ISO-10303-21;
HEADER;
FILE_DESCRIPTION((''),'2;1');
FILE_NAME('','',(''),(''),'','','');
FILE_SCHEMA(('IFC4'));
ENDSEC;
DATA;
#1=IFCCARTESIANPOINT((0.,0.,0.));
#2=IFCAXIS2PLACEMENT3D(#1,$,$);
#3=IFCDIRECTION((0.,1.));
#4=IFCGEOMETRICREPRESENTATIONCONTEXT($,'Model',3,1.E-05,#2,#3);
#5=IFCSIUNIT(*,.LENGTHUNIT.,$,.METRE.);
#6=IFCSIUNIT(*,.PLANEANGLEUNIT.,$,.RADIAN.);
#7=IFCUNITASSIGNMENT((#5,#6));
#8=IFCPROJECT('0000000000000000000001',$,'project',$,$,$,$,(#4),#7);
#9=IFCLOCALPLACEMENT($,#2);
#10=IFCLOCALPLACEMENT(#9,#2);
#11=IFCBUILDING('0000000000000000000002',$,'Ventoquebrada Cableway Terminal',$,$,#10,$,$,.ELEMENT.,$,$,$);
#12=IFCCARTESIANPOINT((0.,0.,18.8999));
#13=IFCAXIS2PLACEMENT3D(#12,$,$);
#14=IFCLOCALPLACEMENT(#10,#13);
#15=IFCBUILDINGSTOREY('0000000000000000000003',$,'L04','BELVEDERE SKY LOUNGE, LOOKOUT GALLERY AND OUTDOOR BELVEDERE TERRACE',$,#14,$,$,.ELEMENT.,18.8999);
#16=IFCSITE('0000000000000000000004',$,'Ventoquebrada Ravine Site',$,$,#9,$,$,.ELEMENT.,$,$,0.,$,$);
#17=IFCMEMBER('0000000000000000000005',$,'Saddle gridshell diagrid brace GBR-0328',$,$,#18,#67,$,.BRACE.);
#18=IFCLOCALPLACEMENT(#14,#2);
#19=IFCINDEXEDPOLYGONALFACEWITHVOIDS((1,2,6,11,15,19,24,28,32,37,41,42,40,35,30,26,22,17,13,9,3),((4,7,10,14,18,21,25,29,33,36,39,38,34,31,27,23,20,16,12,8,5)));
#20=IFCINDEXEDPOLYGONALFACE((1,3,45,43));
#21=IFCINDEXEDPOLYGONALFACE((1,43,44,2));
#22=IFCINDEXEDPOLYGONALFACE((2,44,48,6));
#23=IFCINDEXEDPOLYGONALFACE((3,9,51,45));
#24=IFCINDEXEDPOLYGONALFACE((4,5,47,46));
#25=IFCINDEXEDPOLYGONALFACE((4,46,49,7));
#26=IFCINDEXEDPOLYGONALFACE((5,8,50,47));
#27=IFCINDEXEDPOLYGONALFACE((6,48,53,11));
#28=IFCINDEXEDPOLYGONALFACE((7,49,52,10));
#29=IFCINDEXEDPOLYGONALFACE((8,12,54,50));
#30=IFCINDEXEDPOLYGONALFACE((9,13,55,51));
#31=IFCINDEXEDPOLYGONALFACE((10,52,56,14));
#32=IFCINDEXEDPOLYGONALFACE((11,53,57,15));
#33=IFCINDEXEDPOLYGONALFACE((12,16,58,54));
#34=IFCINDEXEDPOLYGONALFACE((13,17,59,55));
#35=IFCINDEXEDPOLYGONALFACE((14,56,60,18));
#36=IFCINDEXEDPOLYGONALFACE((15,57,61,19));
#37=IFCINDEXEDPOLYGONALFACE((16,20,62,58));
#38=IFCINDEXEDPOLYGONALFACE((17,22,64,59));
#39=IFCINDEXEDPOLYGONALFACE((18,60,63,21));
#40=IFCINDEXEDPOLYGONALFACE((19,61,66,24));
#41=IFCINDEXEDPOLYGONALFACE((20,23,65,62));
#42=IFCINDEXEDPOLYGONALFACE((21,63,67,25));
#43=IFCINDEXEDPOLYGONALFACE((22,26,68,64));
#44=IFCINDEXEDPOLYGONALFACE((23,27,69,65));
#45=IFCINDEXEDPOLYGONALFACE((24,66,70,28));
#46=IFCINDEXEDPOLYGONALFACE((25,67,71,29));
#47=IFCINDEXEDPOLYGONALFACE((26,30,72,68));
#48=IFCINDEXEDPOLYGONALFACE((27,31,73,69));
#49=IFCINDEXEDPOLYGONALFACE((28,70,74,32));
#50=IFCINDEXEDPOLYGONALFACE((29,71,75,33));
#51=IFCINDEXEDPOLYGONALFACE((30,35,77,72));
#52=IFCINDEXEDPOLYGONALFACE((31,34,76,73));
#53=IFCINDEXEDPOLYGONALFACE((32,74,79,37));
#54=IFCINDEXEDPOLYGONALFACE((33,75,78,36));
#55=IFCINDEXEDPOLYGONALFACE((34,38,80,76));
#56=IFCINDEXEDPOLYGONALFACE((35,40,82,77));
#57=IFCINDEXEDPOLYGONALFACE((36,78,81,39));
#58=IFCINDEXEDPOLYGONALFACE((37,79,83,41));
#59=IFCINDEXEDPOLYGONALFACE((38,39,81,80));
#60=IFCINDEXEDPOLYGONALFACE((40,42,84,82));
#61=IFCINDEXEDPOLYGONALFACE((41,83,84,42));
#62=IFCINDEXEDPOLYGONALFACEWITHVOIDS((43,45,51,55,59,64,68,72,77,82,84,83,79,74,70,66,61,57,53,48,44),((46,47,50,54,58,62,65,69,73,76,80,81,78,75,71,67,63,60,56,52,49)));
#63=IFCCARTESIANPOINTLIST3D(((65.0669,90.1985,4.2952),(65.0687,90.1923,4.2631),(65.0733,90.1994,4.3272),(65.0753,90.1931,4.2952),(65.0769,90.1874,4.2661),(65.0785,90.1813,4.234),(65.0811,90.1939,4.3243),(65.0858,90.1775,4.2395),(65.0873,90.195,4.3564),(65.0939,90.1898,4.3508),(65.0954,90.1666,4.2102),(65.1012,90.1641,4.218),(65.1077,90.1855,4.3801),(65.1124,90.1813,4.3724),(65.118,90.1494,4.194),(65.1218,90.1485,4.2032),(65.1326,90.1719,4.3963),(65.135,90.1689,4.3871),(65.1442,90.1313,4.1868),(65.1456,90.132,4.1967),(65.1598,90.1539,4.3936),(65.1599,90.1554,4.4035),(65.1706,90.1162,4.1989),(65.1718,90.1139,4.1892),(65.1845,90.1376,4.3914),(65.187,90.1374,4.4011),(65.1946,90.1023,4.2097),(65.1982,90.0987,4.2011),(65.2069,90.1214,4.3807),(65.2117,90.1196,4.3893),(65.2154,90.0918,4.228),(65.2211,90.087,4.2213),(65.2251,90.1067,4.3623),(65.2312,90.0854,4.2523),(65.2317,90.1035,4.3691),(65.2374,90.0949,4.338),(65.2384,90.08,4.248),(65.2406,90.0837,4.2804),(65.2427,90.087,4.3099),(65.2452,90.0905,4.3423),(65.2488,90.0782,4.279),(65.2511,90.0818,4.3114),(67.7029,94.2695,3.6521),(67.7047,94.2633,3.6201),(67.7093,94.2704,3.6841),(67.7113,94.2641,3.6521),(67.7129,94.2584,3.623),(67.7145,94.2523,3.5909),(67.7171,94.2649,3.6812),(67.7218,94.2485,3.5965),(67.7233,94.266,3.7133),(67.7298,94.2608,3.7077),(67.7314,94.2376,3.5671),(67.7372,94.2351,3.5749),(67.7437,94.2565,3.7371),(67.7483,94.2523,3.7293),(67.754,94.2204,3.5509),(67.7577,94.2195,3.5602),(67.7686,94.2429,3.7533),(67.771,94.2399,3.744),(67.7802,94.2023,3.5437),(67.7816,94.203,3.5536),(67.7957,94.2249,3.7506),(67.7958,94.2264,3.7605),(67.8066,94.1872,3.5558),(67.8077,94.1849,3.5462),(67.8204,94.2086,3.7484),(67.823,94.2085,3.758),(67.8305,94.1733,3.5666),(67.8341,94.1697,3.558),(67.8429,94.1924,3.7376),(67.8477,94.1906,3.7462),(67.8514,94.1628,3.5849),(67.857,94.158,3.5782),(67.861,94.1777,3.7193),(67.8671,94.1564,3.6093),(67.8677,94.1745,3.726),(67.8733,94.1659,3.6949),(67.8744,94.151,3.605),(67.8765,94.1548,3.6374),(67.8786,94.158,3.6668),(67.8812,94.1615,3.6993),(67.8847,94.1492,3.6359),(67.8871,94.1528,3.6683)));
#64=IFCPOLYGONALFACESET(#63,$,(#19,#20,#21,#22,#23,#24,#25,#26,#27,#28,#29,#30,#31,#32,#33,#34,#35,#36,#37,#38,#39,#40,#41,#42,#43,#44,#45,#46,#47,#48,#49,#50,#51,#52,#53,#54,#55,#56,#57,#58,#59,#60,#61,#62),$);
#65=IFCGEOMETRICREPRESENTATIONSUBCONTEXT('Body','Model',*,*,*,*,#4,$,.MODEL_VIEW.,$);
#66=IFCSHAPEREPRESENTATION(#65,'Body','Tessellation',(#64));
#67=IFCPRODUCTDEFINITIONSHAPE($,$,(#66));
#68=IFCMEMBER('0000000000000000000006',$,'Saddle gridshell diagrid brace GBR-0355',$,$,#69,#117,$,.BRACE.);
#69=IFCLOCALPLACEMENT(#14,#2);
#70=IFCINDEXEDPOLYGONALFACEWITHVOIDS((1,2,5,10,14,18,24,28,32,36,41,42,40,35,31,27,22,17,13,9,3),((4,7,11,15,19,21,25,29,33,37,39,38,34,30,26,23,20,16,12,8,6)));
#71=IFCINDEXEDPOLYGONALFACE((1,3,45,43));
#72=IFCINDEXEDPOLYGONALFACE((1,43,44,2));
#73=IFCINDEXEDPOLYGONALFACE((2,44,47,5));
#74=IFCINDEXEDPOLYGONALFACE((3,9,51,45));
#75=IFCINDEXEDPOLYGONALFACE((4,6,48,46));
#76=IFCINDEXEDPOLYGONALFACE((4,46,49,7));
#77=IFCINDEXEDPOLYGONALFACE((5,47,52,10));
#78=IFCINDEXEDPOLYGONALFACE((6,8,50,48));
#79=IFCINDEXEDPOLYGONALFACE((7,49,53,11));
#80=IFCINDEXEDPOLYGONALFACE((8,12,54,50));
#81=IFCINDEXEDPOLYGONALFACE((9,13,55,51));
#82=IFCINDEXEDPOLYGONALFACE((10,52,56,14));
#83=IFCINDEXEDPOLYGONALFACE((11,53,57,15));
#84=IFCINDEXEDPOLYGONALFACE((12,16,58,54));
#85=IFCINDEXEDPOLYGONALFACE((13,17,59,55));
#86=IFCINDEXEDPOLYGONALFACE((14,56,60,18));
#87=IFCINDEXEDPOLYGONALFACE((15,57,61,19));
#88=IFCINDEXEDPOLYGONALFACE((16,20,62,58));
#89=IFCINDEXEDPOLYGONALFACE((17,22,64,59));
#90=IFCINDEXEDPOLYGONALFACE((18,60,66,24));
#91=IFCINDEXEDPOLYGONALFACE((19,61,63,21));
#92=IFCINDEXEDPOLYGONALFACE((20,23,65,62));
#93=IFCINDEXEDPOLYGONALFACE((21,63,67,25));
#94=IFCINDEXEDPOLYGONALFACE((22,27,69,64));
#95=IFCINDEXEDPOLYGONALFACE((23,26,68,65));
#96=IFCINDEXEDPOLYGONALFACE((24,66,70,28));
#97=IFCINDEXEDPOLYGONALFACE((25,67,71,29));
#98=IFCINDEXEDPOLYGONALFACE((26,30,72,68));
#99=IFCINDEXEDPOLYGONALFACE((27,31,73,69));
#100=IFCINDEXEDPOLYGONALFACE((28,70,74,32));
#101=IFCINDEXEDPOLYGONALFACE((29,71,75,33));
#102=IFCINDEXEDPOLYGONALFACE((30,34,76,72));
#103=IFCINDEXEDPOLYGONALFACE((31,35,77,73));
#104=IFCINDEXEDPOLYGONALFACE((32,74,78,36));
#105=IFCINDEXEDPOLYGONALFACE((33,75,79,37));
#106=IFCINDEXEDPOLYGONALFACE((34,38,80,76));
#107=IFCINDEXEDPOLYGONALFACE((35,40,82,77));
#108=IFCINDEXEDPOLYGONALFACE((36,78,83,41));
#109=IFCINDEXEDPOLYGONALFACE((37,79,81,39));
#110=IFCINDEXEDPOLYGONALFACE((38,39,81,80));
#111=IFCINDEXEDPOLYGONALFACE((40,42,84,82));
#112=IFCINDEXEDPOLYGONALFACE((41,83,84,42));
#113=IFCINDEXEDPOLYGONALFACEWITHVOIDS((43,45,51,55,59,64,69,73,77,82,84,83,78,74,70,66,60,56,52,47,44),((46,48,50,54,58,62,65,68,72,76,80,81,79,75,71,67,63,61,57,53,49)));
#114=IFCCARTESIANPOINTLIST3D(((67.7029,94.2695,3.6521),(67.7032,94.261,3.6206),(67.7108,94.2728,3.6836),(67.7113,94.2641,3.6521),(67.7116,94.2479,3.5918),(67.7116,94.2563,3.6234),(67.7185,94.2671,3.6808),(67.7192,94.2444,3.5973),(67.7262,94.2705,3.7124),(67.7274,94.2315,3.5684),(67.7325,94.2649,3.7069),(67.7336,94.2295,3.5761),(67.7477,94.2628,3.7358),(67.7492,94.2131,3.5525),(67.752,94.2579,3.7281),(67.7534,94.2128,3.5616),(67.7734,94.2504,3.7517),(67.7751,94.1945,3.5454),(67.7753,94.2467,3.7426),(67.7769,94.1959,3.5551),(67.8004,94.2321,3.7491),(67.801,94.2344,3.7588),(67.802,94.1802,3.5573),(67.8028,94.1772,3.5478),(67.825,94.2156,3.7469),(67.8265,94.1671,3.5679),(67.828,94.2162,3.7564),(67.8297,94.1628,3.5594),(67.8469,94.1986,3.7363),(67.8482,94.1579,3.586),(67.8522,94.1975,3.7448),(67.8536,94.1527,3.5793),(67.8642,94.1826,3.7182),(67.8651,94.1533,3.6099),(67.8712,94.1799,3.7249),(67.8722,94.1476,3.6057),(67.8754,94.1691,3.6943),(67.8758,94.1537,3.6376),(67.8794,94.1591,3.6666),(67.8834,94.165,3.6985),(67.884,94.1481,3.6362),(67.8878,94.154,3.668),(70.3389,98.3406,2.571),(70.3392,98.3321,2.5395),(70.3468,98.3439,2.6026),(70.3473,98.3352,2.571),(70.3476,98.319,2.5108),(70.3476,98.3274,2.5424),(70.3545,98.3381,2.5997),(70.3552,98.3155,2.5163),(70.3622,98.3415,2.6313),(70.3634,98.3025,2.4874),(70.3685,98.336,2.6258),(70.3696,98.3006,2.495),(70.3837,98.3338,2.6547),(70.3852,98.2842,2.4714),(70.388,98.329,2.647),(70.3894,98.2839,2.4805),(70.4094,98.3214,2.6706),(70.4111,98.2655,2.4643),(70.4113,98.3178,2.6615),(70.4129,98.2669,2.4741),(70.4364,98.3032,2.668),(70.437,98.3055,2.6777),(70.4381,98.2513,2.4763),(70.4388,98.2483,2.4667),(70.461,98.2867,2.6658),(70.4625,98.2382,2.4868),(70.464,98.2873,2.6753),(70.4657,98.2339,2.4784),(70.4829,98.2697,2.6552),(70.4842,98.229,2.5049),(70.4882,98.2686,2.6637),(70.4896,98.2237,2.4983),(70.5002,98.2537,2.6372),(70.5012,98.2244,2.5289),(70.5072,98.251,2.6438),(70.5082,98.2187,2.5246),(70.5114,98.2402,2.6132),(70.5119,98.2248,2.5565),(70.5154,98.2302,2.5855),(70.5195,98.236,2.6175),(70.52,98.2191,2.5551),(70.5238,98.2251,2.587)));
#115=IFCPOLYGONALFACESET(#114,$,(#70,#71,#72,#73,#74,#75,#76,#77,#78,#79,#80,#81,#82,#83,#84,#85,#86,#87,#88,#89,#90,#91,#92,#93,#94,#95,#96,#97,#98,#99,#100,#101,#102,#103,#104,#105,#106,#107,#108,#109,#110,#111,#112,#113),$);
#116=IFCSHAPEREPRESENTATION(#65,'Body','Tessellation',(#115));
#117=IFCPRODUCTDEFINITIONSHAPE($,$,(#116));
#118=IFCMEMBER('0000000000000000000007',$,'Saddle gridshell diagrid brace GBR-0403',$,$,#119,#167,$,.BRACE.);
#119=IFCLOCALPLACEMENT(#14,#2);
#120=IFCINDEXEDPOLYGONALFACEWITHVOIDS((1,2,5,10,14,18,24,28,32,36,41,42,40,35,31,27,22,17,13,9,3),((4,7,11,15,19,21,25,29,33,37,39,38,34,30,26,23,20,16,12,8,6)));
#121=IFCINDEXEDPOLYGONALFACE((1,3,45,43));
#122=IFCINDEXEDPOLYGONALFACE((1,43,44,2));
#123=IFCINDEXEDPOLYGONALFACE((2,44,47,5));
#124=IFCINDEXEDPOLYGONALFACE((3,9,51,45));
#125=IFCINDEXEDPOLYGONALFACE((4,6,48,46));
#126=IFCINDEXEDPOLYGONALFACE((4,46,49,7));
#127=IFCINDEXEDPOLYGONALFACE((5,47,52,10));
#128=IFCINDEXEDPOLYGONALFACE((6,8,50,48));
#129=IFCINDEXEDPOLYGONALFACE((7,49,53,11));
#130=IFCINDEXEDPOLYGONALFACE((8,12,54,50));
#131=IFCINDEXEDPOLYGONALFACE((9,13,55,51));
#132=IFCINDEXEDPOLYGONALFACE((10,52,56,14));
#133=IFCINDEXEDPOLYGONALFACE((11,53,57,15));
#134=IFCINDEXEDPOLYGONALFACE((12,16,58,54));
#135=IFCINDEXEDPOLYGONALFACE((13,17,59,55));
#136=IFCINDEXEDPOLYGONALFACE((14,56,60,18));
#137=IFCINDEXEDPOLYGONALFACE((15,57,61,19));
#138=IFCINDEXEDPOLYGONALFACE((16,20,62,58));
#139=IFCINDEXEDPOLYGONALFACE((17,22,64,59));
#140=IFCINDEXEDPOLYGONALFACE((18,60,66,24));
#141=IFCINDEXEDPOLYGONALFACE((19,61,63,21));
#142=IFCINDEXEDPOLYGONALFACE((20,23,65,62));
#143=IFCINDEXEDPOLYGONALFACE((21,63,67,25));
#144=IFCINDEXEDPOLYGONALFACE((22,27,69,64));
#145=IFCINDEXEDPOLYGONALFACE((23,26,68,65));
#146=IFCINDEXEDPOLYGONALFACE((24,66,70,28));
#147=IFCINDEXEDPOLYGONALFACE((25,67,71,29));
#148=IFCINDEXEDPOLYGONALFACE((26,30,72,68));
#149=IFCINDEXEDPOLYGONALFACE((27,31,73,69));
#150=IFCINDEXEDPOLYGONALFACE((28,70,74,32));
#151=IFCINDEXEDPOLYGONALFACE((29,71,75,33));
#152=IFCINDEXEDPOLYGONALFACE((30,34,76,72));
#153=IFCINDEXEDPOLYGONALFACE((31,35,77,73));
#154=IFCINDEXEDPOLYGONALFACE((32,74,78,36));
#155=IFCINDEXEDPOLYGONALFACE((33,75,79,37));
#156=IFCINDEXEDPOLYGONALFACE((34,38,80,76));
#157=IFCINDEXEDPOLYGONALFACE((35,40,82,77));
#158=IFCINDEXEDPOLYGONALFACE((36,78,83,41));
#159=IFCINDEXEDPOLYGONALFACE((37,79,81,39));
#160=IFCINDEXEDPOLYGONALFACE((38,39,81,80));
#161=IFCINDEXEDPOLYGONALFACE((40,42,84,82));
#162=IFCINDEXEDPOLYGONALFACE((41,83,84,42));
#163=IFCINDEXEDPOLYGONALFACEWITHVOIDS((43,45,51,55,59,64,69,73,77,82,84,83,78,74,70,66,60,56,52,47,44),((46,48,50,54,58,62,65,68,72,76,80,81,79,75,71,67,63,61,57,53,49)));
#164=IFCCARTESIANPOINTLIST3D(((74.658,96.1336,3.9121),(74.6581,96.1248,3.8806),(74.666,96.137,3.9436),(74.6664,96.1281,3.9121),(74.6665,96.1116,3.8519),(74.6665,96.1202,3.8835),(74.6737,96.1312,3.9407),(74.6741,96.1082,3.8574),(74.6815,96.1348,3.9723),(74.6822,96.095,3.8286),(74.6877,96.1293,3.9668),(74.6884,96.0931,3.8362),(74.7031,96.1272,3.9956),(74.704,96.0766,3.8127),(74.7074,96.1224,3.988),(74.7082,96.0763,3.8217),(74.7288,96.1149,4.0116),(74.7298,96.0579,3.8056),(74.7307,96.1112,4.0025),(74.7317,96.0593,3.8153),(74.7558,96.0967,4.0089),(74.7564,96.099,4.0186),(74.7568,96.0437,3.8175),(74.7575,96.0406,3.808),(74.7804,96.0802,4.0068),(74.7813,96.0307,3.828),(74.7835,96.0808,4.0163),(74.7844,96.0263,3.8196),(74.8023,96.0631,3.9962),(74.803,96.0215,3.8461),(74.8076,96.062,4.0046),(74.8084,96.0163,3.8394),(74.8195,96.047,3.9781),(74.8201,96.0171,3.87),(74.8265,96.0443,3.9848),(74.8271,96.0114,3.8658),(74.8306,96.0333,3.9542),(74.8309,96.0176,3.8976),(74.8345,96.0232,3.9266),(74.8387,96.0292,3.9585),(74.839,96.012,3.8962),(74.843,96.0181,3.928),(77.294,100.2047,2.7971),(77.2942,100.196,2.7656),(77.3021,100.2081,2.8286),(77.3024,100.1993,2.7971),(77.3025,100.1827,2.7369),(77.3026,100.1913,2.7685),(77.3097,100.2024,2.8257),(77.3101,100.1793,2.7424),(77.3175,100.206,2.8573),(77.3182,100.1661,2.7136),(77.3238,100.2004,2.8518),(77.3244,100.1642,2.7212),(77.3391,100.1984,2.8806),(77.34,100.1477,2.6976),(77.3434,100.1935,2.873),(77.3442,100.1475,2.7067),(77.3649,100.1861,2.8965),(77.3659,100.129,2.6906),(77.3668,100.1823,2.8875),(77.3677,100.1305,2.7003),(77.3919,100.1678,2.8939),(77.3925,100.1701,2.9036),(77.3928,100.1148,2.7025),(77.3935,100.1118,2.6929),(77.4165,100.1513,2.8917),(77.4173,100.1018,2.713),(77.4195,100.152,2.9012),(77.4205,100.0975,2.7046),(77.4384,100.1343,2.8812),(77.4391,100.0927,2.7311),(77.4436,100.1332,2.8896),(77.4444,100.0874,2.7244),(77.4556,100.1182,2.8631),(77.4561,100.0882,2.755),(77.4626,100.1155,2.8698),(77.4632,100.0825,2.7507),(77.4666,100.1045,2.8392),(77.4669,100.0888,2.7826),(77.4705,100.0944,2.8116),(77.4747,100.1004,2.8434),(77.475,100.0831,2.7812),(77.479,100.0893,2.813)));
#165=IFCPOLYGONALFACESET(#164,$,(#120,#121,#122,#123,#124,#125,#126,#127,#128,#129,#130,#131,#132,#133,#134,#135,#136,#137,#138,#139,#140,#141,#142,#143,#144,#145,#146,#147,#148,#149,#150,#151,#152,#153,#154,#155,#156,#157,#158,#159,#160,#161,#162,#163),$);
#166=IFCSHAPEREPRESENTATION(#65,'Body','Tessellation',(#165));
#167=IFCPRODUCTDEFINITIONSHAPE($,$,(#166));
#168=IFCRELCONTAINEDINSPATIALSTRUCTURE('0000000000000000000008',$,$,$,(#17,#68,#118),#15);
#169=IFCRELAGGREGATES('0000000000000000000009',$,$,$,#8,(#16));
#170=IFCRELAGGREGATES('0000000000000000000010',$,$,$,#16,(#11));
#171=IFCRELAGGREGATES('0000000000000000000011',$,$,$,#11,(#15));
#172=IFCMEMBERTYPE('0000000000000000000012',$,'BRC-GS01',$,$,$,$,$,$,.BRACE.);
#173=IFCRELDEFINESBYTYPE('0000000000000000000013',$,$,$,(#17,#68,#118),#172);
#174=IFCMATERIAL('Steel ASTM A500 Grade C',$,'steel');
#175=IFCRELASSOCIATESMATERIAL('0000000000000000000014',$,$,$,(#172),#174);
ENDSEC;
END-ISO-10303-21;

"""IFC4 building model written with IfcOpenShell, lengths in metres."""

from ifc_helpers import new_model, si_unit, direction, frame, origin, origin_2d, place, context, subcontext, project, spatial, hollow_circle, extrude, material, material_profile, profile_set, type_object, element, save


model = new_model("IFC4")

# Units and contexts
model_context = context("Model", 3, precision=1e-05, world=origin(), true_north=direction((0.0, 1.0)))
body_context = subcontext(model_context, "Body", "Model", "MODEL_VIEW")
ifc_project = project(units=[si_unit("LENGTHUNIT", "METRE"), si_unit("PLANEANGLEUNIT", "RADIAN")], contexts=[model_context])

# Site, building, storey
site_placement = place(None, origin())
site = spatial("IfcSite", under=ifc_project, at=site_placement, Name="Ventoquebrada Ravine Site", CompositionType="ELEMENT", RefElevation=0.0)
building_placement = place(site_placement, origin())
building = spatial("IfcBuilding", under=site, at=building_placement, Name="Ventoquebrada Cableway Terminal", CompositionType="ELEMENT")
storey_placement = place(building_placement, frame((0.0, 0.0, 18.8999)))
storey = spatial("IfcBuildingStorey", under=building, at=storey_placement, Name="L04", Description="BELVEDERE SKY LOUNGE, LOOKOUT GALLERY AND OUTDOOR BELVEDERE TERRACE", CompositionType="ELEMENT", Elevation=18.8999)

# Members
ifc_material_1 = material(Name="Steel ASTM A500 Grade C", Category="steel")
ifc_material_profile_1 = material_profile(ifc_material_1, hollow_circle(Radius=0.1096, WallThickness=0.01, at=origin_2d()), Name="CHS219.1X10")
ifc_profile_set_1 = profile_set([ifc_material_profile_1], Name="Steel ASTM A500 Grade C")
member_type_1 = type_object("IfcMemberType", Name="BRC-GS01", PredefinedType="BRACE", material=ifc_profile_set_1)
member_1_placement = place(storey_placement, frame((65.1589, 90.1389, 4.2952), z_axis=(0.538794, 0.83212, -0.131442), x_axis=(-0.839403, 0.54351, 0.0)))
element("IfcMember", 1, at=member_1_placement, inside=storey, type_object=member_type_1, Name="Saddle gridshell diagrid brace GBR-0328", PredefinedType="BRACE", context=body_context, shape_type="SweptSolid", body=[
    extrude(hollow_circle(Radius=0.1096, WallThickness=0.01, at=origin_2d()), origin(), (0.0, 0.0, 1.0), 4.8923),
])
member_2_placement = place(storey_placement, frame((67.7949, 94.21, 3.6521), z_axis=(0.530491, 0.819296, -0.217562), x_axis=(-0.839403, 0.54351, 0.0)))
element("IfcMember", 2, at=member_2_placement, inside=storey, type_object=member_type_1, Name="Saddle gridshell diagrid brace GBR-0355", PredefinedType="BRACE", context=body_context, shape_type="SweptSolid", body=[
    extrude(hollow_circle(Radius=0.1096, WallThickness=0.01, at=origin_2d()), origin(), (0.0, 0.0, 1.0), 4.969),
])
member_3_placement = place(storey_placement, frame((74.75, 96.074, 3.9121), z_axis=(0.529692, 0.818062, -0.224053), x_axis=(-0.839403, 0.54351, 0.0)))
element("IfcMember", 3, at=member_3_placement, inside=storey, type_object=member_type_1, Name="Saddle gridshell diagrid brace GBR-0403", PredefinedType="BRACE", context=body_context, shape_type="SweptSolid", body=[
    extrude(hollow_circle(Radius=0.1096, WallThickness=0.01, at=origin_2d()), origin(), (0.0, 0.0, 1.0), 4.9766),
])

save(model, "model.ifc")
